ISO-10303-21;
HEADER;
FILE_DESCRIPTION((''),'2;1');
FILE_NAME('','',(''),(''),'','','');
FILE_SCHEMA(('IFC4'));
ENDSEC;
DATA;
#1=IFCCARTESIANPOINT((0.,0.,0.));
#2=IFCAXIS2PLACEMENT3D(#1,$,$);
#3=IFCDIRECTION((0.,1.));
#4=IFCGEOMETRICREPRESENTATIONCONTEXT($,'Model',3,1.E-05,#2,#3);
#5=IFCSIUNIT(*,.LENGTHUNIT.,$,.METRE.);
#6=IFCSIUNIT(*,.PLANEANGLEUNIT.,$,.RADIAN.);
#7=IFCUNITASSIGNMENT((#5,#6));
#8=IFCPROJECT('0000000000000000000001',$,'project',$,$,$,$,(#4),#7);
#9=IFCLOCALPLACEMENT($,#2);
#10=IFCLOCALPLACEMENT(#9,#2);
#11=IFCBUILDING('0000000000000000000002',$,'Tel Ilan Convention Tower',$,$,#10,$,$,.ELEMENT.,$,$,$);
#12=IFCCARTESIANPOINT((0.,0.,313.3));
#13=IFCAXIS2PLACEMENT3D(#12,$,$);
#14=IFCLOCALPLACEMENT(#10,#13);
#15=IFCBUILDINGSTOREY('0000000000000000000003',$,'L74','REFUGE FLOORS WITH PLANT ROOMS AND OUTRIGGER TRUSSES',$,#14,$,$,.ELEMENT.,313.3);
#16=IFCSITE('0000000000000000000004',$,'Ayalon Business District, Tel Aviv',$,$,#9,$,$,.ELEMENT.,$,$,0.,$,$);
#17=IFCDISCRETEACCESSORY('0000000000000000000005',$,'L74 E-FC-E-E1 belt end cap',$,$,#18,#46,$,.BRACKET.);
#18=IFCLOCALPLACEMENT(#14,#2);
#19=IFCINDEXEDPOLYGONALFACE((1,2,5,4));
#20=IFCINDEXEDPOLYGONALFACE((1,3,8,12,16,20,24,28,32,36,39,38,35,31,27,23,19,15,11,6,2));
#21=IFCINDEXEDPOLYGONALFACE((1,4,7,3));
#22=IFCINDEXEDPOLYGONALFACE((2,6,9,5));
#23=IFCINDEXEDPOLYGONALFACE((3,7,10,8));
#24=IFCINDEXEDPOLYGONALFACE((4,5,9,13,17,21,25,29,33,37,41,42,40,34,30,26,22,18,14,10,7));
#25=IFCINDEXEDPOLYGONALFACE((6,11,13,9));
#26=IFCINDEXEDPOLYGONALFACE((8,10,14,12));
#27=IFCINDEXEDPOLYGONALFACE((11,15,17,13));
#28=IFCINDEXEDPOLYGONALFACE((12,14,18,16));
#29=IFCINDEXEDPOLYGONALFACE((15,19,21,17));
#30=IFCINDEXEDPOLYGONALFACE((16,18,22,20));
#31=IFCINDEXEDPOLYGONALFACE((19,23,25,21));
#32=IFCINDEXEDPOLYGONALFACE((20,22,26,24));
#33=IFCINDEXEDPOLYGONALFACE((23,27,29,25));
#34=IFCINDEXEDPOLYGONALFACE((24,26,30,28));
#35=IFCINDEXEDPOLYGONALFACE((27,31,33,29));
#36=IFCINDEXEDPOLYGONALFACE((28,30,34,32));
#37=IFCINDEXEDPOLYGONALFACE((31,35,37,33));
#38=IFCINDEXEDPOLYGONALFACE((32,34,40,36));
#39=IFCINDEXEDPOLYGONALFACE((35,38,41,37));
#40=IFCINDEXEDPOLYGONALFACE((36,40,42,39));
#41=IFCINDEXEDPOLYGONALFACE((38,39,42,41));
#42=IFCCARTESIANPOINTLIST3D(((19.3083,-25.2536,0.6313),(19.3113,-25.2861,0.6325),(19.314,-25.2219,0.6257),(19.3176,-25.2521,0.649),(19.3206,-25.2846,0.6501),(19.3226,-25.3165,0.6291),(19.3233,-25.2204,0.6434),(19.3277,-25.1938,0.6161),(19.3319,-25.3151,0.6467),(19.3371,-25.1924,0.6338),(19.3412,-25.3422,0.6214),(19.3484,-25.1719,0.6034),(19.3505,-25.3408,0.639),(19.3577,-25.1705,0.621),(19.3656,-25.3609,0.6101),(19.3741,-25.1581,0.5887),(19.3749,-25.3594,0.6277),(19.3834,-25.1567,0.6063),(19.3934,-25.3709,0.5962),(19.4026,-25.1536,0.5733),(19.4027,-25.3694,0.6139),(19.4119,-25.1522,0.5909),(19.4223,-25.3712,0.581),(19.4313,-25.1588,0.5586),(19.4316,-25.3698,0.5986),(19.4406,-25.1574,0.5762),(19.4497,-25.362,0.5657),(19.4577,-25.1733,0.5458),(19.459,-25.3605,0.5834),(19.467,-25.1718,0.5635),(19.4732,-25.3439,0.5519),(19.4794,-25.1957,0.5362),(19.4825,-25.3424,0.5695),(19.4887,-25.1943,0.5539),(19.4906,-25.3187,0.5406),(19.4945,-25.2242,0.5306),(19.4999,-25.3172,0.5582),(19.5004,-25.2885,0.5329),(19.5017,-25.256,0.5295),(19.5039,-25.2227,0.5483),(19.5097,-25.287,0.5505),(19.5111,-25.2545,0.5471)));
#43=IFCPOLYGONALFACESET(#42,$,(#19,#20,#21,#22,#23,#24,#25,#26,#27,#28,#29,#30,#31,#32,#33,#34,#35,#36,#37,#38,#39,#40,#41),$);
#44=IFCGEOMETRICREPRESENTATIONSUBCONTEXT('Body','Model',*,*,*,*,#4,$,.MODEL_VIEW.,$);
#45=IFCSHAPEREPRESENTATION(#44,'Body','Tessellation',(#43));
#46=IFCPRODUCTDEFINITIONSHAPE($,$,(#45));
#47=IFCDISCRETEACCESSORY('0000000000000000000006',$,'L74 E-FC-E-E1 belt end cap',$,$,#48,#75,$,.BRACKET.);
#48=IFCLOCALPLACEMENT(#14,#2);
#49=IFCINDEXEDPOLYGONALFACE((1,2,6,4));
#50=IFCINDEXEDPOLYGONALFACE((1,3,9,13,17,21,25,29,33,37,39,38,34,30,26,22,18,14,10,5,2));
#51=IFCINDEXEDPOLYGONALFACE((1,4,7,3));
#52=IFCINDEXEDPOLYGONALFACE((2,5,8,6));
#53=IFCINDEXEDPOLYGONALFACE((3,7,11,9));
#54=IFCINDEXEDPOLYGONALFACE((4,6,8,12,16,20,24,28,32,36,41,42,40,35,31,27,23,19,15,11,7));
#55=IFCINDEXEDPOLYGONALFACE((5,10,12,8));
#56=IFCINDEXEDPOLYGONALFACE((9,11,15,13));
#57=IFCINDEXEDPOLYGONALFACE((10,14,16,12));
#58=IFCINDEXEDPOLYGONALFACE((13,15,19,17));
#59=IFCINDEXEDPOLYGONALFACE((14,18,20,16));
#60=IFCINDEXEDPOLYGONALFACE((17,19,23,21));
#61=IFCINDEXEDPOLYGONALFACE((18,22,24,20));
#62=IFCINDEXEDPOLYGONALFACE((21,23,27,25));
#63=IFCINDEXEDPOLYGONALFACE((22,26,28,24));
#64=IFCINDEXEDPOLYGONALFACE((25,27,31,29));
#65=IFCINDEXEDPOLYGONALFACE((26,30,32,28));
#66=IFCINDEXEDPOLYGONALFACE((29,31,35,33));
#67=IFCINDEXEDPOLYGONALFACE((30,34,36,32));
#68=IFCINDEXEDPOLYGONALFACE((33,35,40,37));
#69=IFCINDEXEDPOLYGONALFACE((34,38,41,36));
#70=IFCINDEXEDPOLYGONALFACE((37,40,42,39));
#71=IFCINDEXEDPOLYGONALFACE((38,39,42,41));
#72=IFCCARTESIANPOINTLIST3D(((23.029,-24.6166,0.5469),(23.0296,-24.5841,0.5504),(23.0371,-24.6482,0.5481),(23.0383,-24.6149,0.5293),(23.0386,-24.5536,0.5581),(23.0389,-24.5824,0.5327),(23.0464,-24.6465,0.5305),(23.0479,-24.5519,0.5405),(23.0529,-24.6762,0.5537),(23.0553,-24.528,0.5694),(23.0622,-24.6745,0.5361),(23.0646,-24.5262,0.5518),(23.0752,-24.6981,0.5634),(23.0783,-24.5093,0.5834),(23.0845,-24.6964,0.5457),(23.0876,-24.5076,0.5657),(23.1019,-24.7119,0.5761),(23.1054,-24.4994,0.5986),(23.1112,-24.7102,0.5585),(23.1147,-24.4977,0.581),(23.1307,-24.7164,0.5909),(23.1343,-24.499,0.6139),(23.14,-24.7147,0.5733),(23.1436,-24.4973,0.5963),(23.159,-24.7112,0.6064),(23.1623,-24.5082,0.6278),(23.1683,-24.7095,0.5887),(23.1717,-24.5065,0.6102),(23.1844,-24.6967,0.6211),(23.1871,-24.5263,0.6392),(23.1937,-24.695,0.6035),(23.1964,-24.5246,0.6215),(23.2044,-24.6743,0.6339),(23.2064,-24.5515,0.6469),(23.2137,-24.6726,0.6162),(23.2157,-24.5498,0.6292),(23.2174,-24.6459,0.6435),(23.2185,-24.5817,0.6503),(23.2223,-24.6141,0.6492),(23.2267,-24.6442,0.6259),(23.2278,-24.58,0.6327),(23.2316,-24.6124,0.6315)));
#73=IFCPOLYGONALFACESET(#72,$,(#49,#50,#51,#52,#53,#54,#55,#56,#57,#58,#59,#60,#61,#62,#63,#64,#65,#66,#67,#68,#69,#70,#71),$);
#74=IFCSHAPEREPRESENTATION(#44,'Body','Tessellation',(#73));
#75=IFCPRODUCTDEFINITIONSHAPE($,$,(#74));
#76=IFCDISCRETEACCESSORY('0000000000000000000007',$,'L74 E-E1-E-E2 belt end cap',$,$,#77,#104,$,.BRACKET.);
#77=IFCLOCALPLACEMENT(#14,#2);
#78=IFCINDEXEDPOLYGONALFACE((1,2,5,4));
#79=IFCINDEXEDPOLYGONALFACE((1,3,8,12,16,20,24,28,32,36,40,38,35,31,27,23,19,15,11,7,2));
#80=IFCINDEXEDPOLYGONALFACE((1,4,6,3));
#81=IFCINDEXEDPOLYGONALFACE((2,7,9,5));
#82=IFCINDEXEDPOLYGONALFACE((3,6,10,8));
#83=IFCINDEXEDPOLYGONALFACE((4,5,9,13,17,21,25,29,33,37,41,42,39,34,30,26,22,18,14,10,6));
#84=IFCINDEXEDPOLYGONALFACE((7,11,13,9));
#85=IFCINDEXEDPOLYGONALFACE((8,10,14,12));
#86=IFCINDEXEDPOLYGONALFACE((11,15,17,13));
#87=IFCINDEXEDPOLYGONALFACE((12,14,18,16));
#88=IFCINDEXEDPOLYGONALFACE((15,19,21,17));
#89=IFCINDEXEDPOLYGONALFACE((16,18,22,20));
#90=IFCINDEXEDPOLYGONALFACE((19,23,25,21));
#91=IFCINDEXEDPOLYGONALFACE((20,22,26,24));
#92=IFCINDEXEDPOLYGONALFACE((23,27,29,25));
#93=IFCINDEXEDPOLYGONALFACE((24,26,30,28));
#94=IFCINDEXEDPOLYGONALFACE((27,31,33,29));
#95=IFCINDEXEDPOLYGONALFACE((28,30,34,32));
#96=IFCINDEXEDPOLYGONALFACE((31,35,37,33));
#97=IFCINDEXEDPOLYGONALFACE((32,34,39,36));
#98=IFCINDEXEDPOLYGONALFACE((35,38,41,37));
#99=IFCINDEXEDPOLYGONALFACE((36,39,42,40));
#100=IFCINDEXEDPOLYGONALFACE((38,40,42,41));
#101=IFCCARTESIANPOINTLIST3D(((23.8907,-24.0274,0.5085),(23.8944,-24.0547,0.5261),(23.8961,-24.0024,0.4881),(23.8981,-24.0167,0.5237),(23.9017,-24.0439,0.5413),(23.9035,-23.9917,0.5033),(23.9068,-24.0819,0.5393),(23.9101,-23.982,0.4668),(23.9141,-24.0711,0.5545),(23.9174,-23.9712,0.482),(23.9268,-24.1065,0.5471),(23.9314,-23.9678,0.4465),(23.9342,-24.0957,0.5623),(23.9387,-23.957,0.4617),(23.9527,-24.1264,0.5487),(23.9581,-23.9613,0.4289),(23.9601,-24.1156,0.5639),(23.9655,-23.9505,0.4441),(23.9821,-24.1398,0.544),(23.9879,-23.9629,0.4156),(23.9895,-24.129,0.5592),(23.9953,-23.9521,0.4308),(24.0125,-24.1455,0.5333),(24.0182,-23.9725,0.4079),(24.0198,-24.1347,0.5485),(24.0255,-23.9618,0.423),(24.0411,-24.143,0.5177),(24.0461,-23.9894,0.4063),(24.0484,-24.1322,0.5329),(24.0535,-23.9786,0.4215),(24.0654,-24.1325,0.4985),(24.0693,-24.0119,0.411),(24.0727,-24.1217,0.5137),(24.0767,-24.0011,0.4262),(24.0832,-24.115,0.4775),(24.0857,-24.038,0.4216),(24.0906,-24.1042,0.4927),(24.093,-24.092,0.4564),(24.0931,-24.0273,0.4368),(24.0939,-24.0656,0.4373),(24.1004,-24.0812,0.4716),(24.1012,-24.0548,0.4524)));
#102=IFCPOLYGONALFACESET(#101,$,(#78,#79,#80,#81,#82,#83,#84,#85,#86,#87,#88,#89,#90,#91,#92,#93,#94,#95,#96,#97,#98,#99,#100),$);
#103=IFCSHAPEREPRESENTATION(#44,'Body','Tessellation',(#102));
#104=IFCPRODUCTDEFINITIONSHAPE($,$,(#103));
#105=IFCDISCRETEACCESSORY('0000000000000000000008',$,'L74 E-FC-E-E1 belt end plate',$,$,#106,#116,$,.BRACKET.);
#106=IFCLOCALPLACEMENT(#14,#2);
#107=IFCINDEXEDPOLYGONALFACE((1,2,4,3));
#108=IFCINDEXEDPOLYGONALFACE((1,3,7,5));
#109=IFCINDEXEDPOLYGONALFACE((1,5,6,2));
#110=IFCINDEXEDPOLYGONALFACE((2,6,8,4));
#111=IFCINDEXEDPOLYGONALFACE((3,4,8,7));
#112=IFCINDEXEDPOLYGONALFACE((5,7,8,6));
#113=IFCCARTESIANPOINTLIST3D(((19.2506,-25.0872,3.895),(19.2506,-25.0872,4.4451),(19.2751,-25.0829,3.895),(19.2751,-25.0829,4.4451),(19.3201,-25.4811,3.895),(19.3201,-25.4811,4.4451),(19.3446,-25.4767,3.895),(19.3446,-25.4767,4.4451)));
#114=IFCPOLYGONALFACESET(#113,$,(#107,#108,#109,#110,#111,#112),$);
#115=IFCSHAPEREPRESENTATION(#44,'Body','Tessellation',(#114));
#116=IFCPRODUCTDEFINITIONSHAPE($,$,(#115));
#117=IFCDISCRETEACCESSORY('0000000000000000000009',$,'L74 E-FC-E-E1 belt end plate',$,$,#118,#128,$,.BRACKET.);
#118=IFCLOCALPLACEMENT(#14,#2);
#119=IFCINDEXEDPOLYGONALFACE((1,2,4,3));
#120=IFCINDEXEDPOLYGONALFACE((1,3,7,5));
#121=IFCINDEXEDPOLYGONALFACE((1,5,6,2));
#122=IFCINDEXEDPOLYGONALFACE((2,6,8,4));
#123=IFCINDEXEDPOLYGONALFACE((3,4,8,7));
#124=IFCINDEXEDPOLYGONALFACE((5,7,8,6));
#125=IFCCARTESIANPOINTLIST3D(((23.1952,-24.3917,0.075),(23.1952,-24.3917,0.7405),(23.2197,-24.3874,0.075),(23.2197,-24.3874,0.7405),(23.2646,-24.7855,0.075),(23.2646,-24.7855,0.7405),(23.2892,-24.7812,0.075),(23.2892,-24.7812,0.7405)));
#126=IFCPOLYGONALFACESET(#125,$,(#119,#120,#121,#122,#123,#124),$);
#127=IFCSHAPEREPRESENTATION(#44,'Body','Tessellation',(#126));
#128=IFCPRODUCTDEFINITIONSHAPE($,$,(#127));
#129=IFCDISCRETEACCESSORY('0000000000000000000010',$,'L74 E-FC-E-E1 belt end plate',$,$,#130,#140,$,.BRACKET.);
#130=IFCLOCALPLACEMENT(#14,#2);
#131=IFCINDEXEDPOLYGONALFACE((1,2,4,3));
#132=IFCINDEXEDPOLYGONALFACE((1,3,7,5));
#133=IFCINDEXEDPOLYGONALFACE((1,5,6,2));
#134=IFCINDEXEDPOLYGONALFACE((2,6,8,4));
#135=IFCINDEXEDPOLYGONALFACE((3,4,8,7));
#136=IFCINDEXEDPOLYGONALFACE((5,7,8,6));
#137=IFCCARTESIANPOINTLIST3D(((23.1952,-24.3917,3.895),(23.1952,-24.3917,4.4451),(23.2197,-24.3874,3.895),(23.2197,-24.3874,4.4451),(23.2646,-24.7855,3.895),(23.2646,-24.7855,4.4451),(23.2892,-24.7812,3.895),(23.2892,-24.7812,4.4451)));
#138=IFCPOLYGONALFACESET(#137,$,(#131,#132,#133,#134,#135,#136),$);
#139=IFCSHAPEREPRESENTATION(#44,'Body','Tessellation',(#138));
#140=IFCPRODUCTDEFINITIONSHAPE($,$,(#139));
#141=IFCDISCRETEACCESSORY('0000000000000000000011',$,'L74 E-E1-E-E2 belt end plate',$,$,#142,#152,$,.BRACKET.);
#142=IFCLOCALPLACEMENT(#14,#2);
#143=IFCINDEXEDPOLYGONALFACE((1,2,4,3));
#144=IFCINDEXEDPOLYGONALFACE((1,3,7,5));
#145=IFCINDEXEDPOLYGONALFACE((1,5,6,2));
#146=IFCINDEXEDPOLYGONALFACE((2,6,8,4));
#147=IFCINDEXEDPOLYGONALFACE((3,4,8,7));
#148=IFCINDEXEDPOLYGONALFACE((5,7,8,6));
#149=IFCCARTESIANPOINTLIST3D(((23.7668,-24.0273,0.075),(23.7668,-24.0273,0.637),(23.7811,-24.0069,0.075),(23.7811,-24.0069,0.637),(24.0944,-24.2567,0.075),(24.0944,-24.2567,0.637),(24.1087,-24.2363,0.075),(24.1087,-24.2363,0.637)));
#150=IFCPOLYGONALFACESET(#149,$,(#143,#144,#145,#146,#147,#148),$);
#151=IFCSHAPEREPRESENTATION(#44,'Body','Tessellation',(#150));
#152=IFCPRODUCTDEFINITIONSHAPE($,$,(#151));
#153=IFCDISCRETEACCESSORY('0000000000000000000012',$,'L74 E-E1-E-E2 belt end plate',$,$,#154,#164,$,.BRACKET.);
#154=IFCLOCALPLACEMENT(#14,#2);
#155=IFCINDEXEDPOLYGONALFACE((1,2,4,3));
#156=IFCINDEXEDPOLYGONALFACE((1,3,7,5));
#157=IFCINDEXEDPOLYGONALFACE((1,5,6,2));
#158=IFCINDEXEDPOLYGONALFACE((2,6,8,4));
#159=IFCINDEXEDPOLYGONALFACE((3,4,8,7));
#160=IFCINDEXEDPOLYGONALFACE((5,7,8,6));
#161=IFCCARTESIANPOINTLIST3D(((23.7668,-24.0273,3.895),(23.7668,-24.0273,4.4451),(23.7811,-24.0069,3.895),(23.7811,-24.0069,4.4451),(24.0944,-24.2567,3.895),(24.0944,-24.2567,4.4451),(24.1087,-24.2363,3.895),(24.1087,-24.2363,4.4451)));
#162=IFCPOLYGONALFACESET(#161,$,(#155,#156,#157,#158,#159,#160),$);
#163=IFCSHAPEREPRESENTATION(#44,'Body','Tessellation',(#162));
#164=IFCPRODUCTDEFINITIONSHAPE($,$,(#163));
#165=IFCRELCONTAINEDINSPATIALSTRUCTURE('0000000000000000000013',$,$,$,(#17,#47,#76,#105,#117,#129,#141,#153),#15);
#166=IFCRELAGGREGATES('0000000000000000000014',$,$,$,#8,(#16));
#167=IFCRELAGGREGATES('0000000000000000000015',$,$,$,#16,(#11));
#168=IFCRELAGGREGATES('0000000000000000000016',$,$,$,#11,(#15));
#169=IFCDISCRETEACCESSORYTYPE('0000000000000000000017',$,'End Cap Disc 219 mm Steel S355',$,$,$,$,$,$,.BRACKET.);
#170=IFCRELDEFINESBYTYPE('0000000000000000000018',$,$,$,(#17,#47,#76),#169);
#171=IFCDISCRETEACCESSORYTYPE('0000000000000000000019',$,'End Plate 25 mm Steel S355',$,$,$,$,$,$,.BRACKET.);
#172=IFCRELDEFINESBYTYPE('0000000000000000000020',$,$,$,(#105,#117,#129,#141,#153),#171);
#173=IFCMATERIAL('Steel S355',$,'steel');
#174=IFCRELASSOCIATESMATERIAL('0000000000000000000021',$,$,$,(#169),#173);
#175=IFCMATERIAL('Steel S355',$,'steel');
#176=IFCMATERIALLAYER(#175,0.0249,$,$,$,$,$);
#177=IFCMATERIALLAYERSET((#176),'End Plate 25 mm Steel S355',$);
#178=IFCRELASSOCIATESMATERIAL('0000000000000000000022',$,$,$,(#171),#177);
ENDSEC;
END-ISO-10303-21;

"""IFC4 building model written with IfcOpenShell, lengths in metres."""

from ifc_helpers import new_model, si_unit, direction, frame, origin, origin_2d, place, context, subcontext, project, spatial, rectangle, circle, extrude, material, layer, layer_set, material_profile, profile_set, type_object, element, save


model = new_model("IFC4")

# Units and contexts
model_context = context("Model", 3, precision=1e-05, world=origin(), true_north=direction((0.0, 1.0)))
body_context = subcontext(model_context, "Body", "Model", "MODEL_VIEW")
ifc_project = project(units=[si_unit("LENGTHUNIT", "METRE"), si_unit("PLANEANGLEUNIT", "RADIAN")], contexts=[model_context])

# Site, building, storey
site_placement = place(None, origin())
site = spatial("IfcSite", under=ifc_project, at=site_placement, Name="Ayalon Business District, Tel Aviv", CompositionType="ELEMENT", RefElevation=0.0)
building_placement = place(site_placement, origin())
building = spatial("IfcBuilding", under=site, at=building_placement, Name="Tel Ilan Convention Tower", CompositionType="ELEMENT")
storey_placement = place(building_placement, frame((0.0, 0.0, 313.3)))
storey = spatial("IfcBuildingStorey", under=building, at=storey_placement, Name="L74", Description="REFUGE FLOORS WITH PLANT ROOMS AND OUTRIGGER TRUSSES", CompositionType="ELEMENT", Elevation=313.3)

# Discrete accessories
ifc_material_1 = material(Name="Steel S355", Category="steel")
ifc_material_profile_1 = material_profile(ifc_material_1, circle(Radius=0.1096, at=origin_2d()), Name="End Cap Disc 219 mm Steel S355")
ifc_profile_set_1 = profile_set([ifc_material_profile_1], Name="Steel S355")
discrete_accessory_type_1 = type_object("IfcDiscreteAccessoryType", Name="End Cap Disc 219 mm Steel S355", PredefinedType="BRACKET", material=ifc_profile_set_1)
for number, where, z_axis, x_axis, name in (
    (1, (19.4146, -25.2615, 0.5986), (-0.465496, -0.073499, -0.881993), (0.155963, -0.987763, 0.0), "L74 E-FC-E-E1 belt end cap"),
    (2, (23.1252, -24.6072, 0.5986), (0.465043, 0.085666, -0.881134), (-0.181162, 0.983453, 0.0), "L74 E-FC-E-E1 belt end cap"),
    (3, (24.0, -24.0425, 0.4927), (-0.367057, -0.53835, -0.758584), (0.826227, -0.563337, 0.0), "L74 E-E1-E-E2 belt end cap"),
):
    element("IfcDiscreteAccessory", number, at=place(storey_placement, frame(where, z_axis=z_axis, x_axis=x_axis)), inside=storey, type_object=discrete_accessory_type_1, Name=name, PredefinedType="BRACKET", context=body_context, shape_type="SweptSolid", body=[
        extrude(circle(Radius=0.1096, at=origin_2d()), origin(), (0.0, 0.0, 1.0), 0.02),
    ])
ifc_material_2 = material(Name="Steel S355", Category="steel")
ifc_layer_1 = layer(ifc_material_2, 0.0249)
ifc_layer_set_1 = layer_set([ifc_layer_1], Name="End Plate 25 mm Steel S355")
discrete_accessory_type_2 = type_object("IfcDiscreteAccessoryType", Name="End Plate 25 mm Steel S355", PredefinedType="BRACKET", material=ifc_layer_set_1)
discrete_accessory_1_placement = place(storey_placement, frame((19.2976, -25.282, 3.895), z_axis=(0.0, 0.0, 1.0), x_axis=(-0.984808, -0.173648, 0.0)))
element("IfcDiscreteAccessory", 4, at=discrete_accessory_1_placement, inside=storey, type_object=discrete_accessory_type_2, Name="L74 E-FC-E-E1 belt end plate", PredefinedType="BRACKET", context=body_context, shape_type="SweptSolid", body=[
    extrude(rectangle(XDim=0.0249, YDim=0.3999, at=origin_2d()), origin(), (0.0, 0.0, 1.0), 0.55),
])
discrete_accessory_2_placement = place(storey_placement, frame((23.2422, -24.5864, 0.075), z_axis=(0.0, 0.0, 1.0), x_axis=(0.984808, 0.173648, 0.0)))
element("IfcDiscreteAccessory", 5, at=discrete_accessory_2_placement, inside=storey, type_object=discrete_accessory_type_2, Name="L74 E-FC-E-E1 belt end plate", PredefinedType="BRACKET", context=body_context, shape_type="SweptSolid", body=[
    extrude(rectangle(XDim=0.0249, YDim=0.3999, at=origin_2d()), origin(), (0.0, 0.0, 1.0), 0.6655),
])
discrete_accessory_3_placement = place(storey_placement, frame((23.2422, -24.5864, 3.895), z_axis=(0.0, 0.0, 1.0), x_axis=(0.984808, 0.173648, 0.0)))
element("IfcDiscreteAccessory", 6, at=discrete_accessory_3_placement, inside=storey, type_object=discrete_accessory_type_2, Name="L74 E-FC-E-E1 belt end plate", PredefinedType="BRACKET", context=body_context, shape_type="SweptSolid", body=[
    extrude(rectangle(XDim=0.0249, YDim=0.3999, at=origin_2d()), origin(), (0.0, 0.0, 1.0), 0.55),
])
discrete_accessory_4_placement = place(storey_placement, frame((23.9377, -24.1318, 0.075), z_axis=(0.0, 0.0, 1.0), x_axis=(-0.573576, -0.819152, 0.0)))
element("IfcDiscreteAccessory", 7, at=discrete_accessory_4_placement, inside=storey, type_object=discrete_accessory_type_2, Name="L74 E-E1-E-E2 belt end plate", PredefinedType="BRACKET", context=body_context, shape_type="SweptSolid", body=[
    extrude(rectangle(XDim=0.0249, YDim=0.3999, at=origin_2d()), origin(), (0.0, 0.0, 1.0), 0.562),
])
discrete_accessory_5_placement = place(storey_placement, frame((23.9377, -24.1318, 3.895), z_axis=(0.0, 0.0, 1.0), x_axis=(-0.573576, -0.819152, 0.0)))
element("IfcDiscreteAccessory", 8, at=discrete_accessory_5_placement, inside=storey, type_object=discrete_accessory_type_2, Name="L74 E-E1-E-E2 belt end plate", PredefinedType="BRACKET", context=body_context, shape_type="SweptSolid", body=[
    extrude(rectangle(XDim=0.0249, YDim=0.3999, at=origin_2d()), origin(), (0.0, 0.0, 1.0), 0.55),
])

save(model, "model.ifc")
